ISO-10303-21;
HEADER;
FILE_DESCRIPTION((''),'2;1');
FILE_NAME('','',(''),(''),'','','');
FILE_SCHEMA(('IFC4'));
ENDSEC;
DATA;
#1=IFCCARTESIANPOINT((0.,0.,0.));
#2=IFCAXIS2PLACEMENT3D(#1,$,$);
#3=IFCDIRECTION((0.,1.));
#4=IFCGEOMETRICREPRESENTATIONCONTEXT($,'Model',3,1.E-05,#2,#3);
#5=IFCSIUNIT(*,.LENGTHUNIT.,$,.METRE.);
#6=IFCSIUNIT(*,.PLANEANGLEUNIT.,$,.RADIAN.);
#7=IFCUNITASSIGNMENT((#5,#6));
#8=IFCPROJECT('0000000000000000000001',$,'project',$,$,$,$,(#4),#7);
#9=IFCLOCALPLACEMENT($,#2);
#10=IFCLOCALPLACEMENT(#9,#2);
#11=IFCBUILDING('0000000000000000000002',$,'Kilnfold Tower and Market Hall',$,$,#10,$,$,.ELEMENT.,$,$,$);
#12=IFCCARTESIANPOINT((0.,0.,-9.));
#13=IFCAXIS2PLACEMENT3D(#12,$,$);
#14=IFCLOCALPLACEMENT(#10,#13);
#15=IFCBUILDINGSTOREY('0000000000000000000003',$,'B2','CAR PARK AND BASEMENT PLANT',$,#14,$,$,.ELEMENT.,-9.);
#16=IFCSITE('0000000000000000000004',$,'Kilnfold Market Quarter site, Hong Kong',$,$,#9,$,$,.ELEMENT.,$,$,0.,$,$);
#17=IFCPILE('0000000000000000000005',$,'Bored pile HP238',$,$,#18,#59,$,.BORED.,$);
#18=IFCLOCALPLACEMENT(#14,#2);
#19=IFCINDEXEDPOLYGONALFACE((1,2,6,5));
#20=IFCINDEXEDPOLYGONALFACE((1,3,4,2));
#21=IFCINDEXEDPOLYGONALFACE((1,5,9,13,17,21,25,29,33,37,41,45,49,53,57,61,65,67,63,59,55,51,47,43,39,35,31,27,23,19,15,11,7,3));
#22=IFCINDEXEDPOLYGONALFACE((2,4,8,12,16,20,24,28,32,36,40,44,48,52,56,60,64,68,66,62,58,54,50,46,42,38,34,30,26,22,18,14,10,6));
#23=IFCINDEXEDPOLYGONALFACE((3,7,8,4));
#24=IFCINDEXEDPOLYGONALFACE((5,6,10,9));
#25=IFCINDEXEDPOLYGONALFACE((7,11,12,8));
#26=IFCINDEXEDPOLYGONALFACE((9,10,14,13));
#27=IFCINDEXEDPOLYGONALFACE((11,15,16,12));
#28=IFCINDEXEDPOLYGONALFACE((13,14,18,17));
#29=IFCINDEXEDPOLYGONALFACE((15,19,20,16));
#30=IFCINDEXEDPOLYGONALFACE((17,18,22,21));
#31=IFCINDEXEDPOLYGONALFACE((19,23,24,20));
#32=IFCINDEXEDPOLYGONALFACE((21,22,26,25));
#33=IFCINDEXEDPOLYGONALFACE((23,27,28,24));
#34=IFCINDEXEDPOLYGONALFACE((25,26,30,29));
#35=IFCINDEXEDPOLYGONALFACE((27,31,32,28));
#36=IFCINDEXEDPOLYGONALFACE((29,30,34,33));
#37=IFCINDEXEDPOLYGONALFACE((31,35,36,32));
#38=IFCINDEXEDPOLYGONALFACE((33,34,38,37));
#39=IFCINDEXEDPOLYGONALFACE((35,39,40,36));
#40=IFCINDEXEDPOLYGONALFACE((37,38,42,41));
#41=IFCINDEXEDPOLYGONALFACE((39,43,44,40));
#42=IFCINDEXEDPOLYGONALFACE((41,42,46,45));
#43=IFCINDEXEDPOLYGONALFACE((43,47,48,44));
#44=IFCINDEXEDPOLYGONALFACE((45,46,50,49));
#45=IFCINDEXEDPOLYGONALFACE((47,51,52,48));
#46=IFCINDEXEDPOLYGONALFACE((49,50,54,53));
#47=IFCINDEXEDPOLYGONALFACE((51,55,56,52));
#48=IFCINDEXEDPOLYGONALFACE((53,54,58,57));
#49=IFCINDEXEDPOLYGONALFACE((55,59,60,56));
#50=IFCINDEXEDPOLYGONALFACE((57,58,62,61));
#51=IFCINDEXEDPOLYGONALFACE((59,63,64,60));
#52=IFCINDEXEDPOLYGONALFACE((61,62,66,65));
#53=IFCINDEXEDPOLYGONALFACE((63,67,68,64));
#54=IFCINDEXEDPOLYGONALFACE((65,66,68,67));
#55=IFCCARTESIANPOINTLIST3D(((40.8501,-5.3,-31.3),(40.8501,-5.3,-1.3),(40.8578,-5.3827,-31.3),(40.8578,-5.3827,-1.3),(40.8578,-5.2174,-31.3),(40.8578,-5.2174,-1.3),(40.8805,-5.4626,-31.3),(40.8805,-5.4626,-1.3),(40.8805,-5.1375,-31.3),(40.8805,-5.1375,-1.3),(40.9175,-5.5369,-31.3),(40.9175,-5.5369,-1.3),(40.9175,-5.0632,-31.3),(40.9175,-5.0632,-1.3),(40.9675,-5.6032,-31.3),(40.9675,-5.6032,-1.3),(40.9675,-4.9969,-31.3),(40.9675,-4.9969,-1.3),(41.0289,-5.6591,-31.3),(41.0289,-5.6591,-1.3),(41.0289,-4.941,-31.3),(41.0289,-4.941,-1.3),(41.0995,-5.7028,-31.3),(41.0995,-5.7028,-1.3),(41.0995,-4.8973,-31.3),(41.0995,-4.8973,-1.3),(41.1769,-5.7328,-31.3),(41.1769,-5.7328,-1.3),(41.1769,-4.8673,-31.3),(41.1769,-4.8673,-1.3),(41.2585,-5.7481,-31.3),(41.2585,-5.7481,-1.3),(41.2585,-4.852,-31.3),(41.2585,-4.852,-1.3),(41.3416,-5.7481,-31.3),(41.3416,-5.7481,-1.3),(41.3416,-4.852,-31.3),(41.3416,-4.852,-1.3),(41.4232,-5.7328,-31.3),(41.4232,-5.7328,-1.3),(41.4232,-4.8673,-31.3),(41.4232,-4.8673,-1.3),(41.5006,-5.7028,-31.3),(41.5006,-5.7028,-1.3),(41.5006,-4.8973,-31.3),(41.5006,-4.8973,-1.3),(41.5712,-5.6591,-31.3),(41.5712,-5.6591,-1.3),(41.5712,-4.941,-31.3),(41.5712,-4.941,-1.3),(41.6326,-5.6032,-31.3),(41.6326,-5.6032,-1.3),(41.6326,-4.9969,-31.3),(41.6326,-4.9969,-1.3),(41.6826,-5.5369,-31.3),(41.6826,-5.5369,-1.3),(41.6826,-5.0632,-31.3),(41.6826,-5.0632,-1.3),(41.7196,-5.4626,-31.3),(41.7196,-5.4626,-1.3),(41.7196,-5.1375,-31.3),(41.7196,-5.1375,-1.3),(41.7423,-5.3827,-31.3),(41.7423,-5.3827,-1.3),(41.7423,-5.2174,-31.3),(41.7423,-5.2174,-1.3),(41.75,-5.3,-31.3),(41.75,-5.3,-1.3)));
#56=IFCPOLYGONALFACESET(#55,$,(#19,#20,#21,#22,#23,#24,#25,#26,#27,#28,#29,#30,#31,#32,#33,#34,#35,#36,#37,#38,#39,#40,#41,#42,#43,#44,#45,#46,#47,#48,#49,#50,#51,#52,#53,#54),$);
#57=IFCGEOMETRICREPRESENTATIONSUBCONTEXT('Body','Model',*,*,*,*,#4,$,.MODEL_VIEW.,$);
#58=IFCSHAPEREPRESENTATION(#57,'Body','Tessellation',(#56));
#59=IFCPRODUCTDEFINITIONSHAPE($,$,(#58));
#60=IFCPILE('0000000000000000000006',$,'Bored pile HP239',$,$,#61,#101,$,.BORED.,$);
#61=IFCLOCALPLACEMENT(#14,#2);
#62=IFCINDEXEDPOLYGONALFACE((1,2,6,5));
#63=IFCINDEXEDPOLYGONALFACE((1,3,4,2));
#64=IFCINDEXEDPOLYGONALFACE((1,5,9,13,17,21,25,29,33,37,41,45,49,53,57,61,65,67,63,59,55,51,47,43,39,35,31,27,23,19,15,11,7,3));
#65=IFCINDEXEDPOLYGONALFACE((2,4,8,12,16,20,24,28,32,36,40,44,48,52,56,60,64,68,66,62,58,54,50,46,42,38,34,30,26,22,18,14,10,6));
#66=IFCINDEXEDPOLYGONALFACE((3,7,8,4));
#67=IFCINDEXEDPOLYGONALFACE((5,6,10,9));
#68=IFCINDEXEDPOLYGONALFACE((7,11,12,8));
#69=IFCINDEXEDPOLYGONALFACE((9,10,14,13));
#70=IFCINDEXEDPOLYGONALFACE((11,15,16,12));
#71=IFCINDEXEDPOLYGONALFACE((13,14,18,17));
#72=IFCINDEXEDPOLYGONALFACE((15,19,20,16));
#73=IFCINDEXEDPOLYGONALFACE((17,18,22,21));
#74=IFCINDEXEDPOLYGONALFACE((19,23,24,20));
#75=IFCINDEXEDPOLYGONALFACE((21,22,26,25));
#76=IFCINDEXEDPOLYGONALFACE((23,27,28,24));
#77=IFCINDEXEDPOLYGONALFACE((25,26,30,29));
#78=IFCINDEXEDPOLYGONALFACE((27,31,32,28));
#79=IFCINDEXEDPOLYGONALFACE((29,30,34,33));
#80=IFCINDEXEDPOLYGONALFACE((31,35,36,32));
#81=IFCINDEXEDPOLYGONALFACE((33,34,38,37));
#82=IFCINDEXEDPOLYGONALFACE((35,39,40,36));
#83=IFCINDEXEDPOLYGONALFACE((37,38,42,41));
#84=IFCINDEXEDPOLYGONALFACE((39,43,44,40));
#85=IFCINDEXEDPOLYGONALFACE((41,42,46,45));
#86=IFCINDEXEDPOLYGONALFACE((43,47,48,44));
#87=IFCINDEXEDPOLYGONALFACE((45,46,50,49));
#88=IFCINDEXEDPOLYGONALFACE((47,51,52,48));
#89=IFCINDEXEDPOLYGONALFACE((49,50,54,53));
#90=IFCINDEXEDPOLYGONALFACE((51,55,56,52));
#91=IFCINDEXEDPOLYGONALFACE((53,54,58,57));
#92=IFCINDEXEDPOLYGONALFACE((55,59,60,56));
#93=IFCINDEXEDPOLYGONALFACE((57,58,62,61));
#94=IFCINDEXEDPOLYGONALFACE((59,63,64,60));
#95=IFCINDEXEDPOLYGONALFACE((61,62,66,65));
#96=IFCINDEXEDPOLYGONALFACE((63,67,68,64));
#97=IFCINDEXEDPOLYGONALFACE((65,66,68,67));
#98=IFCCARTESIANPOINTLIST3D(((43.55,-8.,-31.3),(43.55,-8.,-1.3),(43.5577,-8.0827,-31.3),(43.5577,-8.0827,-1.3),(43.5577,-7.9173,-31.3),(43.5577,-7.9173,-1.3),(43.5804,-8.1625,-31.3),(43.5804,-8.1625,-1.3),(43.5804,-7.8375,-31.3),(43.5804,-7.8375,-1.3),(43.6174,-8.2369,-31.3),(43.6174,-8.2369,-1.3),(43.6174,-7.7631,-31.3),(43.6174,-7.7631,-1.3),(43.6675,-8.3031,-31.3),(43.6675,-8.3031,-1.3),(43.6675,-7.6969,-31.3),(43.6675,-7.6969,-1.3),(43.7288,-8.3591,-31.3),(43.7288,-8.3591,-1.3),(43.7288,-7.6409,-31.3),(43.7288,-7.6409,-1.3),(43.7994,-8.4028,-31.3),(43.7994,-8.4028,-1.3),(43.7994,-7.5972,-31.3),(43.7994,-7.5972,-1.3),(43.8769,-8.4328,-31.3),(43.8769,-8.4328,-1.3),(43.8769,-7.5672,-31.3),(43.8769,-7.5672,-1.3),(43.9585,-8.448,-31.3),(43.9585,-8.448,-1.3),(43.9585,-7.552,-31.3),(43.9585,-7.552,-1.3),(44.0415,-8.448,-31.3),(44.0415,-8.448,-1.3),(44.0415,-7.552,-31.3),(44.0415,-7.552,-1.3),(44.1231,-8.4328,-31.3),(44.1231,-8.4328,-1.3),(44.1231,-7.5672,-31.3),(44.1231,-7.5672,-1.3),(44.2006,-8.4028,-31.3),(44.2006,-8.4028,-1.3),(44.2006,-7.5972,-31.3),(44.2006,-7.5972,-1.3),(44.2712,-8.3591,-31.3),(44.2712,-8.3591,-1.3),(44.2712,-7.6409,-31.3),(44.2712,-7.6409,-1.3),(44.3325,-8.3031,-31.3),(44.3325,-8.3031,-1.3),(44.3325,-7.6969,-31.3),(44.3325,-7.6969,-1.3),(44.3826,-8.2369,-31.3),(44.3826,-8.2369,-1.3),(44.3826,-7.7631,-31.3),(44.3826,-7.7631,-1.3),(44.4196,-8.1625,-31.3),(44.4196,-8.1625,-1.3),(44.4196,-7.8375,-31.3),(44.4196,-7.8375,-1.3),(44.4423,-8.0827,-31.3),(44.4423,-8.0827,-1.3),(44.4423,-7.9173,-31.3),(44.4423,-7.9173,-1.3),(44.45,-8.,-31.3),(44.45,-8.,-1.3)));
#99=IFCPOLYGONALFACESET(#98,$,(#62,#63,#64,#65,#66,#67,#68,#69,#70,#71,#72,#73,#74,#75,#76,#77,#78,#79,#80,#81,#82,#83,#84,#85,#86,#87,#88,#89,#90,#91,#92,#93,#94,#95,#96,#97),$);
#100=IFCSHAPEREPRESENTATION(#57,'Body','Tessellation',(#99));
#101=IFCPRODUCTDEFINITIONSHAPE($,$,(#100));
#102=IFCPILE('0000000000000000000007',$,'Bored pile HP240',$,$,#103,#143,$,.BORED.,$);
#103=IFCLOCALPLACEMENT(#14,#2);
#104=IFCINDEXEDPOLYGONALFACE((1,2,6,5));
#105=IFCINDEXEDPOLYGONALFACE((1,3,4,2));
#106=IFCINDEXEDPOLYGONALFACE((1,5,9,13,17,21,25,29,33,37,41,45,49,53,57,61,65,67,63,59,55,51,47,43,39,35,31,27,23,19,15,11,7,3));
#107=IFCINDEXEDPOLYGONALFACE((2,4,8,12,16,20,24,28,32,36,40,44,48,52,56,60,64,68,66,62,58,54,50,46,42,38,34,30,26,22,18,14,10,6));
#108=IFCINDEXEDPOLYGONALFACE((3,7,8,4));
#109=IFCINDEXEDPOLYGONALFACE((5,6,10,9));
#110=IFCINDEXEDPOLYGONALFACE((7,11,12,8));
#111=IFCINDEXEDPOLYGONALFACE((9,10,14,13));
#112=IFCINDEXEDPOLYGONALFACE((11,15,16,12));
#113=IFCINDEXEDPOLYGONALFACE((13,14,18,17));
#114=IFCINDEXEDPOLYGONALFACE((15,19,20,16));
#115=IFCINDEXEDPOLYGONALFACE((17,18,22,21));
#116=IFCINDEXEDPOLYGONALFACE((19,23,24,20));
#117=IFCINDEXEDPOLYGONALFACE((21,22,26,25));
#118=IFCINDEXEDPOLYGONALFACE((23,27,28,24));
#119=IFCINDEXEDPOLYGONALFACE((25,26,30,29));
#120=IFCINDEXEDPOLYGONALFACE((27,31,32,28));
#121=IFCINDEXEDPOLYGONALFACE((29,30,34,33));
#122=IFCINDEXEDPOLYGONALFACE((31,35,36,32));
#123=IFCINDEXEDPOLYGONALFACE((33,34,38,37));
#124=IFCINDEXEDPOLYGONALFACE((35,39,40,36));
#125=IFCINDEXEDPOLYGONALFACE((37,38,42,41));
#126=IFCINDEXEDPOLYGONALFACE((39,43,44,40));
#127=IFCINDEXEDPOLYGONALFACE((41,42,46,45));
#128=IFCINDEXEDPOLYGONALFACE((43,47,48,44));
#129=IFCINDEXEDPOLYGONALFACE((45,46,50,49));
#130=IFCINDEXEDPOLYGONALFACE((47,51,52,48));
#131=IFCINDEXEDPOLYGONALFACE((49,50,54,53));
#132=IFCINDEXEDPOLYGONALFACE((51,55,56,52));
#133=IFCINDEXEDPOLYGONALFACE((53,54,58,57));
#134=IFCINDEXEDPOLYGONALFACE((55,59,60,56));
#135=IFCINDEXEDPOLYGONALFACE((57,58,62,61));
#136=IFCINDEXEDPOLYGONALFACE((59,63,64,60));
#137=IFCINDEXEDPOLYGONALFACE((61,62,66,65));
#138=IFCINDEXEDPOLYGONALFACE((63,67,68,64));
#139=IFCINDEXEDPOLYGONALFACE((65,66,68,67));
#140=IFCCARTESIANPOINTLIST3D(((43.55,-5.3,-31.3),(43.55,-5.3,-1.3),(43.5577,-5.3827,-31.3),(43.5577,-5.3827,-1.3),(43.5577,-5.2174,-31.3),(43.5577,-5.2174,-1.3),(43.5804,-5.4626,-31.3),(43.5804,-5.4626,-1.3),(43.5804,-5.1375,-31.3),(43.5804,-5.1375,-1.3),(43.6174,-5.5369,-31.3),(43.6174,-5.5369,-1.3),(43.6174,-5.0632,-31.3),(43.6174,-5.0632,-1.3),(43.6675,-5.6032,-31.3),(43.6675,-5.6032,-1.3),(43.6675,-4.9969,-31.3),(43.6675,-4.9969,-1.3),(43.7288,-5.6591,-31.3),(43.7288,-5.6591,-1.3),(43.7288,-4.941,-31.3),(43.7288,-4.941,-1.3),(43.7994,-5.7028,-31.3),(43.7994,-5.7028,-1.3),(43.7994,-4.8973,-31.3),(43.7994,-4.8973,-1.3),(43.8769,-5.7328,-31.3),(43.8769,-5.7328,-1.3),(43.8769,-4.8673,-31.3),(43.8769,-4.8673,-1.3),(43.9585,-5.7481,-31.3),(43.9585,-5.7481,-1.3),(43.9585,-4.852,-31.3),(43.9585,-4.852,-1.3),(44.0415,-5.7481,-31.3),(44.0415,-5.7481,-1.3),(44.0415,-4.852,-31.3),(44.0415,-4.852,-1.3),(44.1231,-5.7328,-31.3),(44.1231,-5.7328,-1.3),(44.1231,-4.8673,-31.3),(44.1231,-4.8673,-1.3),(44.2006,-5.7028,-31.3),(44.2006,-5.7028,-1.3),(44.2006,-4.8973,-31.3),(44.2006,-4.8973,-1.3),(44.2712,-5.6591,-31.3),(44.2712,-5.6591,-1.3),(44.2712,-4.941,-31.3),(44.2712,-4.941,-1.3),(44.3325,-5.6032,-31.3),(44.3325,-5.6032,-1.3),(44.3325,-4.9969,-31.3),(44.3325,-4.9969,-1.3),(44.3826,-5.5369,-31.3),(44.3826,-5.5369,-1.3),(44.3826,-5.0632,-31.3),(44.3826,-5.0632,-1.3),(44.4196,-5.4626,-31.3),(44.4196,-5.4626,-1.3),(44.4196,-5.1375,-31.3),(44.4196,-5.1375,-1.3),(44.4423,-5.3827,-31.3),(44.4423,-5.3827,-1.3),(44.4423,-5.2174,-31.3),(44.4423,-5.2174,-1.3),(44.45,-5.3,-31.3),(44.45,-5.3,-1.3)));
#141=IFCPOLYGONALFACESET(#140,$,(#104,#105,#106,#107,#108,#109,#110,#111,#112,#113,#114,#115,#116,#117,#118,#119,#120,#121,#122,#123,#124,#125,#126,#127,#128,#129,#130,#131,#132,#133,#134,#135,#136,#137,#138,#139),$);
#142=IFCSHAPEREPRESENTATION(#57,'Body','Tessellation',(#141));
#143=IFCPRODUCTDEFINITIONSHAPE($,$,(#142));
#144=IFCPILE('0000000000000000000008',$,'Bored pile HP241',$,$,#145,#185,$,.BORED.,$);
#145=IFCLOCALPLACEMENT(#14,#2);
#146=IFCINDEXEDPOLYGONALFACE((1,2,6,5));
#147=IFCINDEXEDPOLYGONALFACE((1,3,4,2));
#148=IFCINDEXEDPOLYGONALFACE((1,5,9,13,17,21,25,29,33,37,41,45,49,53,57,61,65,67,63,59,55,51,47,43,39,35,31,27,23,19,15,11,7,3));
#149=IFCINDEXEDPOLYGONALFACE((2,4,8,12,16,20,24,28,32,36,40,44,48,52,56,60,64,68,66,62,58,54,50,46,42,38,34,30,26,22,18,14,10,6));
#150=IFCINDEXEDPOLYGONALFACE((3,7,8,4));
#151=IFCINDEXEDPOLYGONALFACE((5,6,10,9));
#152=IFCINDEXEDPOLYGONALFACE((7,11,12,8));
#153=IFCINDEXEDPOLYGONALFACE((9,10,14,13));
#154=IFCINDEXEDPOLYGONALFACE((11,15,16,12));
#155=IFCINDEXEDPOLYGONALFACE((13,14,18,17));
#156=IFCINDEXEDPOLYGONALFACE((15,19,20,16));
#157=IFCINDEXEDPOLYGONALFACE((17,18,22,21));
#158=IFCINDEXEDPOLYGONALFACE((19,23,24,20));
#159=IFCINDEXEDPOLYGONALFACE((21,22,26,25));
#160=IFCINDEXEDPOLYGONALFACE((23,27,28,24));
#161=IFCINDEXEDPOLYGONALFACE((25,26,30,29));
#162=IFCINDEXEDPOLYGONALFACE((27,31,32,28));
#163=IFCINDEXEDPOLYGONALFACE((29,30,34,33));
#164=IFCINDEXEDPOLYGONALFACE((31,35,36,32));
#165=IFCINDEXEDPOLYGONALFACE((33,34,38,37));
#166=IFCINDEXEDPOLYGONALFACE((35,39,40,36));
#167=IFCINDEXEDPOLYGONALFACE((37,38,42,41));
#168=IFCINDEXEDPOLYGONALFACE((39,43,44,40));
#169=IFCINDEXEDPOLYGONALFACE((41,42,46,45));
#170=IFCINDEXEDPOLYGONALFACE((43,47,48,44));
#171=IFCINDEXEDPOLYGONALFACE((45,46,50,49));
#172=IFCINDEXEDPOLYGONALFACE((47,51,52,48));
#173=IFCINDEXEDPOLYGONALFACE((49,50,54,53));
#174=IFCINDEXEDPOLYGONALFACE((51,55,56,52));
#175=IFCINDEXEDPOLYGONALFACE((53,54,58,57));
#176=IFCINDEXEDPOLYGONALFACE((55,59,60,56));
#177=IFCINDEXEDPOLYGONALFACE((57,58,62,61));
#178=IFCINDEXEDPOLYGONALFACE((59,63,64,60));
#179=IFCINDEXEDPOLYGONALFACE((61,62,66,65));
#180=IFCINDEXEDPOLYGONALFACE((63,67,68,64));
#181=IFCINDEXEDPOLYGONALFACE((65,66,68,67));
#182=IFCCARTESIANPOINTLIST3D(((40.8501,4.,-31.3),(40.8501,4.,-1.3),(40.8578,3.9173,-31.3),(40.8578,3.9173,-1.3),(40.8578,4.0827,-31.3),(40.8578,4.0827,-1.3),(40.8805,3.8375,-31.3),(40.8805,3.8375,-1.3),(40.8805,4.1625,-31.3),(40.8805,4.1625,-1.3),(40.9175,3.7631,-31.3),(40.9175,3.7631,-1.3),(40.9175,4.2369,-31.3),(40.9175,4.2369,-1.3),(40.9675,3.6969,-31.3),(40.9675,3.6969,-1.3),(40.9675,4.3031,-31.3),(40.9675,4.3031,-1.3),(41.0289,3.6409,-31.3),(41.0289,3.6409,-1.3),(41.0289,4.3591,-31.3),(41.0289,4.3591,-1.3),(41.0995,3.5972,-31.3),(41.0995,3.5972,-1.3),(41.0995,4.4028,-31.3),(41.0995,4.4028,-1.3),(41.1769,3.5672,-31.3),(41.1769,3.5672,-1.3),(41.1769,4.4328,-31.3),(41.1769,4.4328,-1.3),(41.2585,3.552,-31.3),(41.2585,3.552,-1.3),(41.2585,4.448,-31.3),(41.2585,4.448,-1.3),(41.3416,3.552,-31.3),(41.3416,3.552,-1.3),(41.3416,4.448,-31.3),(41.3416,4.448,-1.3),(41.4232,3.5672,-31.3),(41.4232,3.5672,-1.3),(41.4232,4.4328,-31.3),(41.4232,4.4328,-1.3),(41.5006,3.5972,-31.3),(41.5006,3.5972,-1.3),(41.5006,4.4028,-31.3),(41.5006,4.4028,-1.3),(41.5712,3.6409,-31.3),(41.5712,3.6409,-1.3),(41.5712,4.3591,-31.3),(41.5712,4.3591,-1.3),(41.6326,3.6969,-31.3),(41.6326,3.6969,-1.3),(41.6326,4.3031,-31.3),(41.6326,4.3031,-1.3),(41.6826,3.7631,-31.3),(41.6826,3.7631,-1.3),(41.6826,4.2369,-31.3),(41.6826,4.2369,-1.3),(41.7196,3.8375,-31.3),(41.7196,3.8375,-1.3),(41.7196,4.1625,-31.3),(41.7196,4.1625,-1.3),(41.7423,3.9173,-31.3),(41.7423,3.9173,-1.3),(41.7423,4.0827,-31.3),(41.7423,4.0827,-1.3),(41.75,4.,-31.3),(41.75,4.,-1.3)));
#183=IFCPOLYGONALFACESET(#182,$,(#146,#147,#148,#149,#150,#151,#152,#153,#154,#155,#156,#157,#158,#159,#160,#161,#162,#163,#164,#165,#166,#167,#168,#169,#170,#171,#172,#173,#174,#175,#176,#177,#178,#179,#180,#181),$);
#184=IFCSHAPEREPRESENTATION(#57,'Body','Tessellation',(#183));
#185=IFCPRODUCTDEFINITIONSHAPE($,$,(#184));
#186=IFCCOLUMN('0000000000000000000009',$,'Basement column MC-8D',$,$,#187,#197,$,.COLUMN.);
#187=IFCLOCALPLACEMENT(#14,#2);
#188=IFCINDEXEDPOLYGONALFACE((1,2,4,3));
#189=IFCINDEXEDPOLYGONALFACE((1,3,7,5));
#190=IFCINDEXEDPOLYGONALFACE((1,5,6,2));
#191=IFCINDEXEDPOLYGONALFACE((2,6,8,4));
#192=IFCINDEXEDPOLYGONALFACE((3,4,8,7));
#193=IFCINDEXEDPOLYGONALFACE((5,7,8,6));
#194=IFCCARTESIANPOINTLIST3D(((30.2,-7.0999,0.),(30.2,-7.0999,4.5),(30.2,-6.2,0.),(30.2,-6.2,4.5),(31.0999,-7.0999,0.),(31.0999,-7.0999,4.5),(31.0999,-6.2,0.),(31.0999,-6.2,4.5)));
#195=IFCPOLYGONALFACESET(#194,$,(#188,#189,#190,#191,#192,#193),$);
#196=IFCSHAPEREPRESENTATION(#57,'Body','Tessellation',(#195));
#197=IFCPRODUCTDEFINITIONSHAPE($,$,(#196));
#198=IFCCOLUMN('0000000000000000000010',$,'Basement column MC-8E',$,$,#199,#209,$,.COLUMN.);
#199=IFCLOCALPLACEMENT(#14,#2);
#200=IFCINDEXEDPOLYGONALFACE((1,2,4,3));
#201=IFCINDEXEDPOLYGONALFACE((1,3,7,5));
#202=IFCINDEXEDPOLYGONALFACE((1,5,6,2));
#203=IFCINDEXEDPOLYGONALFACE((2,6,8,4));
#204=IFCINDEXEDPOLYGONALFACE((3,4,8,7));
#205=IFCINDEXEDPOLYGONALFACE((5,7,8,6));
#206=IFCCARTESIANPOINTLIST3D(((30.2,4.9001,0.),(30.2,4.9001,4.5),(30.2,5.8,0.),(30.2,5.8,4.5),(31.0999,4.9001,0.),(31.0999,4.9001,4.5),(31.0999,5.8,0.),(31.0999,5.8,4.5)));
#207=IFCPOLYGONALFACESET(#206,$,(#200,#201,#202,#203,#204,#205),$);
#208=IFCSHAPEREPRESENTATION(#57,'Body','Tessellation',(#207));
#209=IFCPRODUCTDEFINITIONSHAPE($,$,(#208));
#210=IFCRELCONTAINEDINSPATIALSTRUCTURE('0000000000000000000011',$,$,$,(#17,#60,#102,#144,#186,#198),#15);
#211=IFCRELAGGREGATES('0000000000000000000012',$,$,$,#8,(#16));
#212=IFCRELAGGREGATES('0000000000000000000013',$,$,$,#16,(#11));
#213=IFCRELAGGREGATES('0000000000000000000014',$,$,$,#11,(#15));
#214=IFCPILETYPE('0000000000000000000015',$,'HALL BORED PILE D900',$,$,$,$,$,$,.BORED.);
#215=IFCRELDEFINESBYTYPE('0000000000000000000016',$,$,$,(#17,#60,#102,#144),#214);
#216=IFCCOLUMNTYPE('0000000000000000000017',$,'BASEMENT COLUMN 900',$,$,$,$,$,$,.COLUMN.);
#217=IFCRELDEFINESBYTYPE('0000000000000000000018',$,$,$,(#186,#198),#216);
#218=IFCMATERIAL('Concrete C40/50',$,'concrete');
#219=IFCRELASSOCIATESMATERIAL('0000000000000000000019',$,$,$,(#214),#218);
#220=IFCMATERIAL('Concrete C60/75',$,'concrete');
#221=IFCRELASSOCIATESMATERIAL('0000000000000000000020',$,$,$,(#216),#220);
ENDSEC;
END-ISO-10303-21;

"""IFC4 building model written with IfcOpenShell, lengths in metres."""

from ifc_helpers import new_model, si_unit, direction, frame, origin, origin_2d, place, context, subcontext, project, spatial, rectangle, circle, extrude, source, transform, mapped, material, material_profile, profile_set, type_object, element, save


model = new_model("IFC4")

# Units and contexts
model_context = context("Model", 3, precision=1e-05, world=origin(), true_north=direction((0.0, 1.0)))
body_context = subcontext(model_context, "Body", "Model", "MODEL_VIEW")
ifc_project = project(units=[si_unit("LENGTHUNIT", "METRE"), si_unit("PLANEANGLEUNIT", "RADIAN")], contexts=[model_context])

# Site, building, storey
site_placement = place(None, origin())
site = spatial("IfcSite", under=ifc_project, at=site_placement, Name="Kilnfold Market Quarter site, Hong Kong", CompositionType="ELEMENT", RefElevation=0.0)
building_placement = place(site_placement, origin())
building = spatial("IfcBuilding", under=site, at=building_placement, Name="Kilnfold Tower and Market Hall", CompositionType="ELEMENT")
storey_placement = place(building_placement, frame((0.0, 0.0, -9.0)))
storey = spatial("IfcBuildingStorey", under=building, at=storey_placement, Name="B2", Description="CAR PARK AND BASEMENT PLANT", CompositionType="ELEMENT", Elevation=-9.0)

# Piles
ifc_material_1 = material(Name="Concrete C40/50", Category="concrete")
ifc_material_profile_1 = material_profile(ifc_material_1, circle(Radius=0.45, at=origin_2d()), Name="D900")
ifc_profile_set_1 = profile_set([ifc_material_profile_1], Name="Concrete C40/50")
pile_type = type_object("IfcPileType", Name="HALL BORED PILE D900", PredefinedType="BORED", material=ifc_profile_set_1)
shared_shape_1 = source(origin(), body_context, "Body", "SweptSolid", [
    extrude(circle(Radius=0.45, at=origin_2d()), origin(), (0.0, 0.0, 1.0), 30.0),
])
for number, where, z_axis, x_axis, name in (
    (1, (41.3, -5.3, -1.3), (0.0, 0.0, -1.0), (1.0, 0.0, 0.0), "Bored pile HP238"),
    (2, (44.0, -8.0, -1.3), (0.0, 0.0, -1.0), (1.0, 0.0, 0.0), "Bored pile HP239"),
    (3, (44.0, -5.3, -1.3), (0.0, 0.0, -1.0), (1.0, 0.0, 0.0), "Bored pile HP240"),
    (4, (41.3, 4.0, -1.3), (0.0, 0.0, -1.0), (1.0, 0.0, 0.0), "Bored pile HP241"),
):
    element("IfcPile", number, at=place(storey_placement, frame(where, z_axis=z_axis, x_axis=x_axis)), inside=storey, type_object=pile_type, Name=name, PredefinedType="BORED", context=body_context, shape_type="MappedRepresentation", body=[
        mapped(shared_shape_1, transform((0.0, 0.0, 0.0))),
    ])

# Columns
ifc_material_2 = material(Name="Concrete C60/75", Category="concrete")
ifc_material_profile_2 = material_profile(ifc_material_2, rectangle(XDim=0.8999, YDim=0.8999, at=origin_2d()), Name="RC 900x900")
ifc_profile_set_2 = profile_set([ifc_material_profile_2], Name="Concrete C60/75")
column_type = type_object("IfcColumnType", Name="BASEMENT COLUMN 900", PredefinedType="COLUMN", material=ifc_profile_set_2)
shared_shape_2 = source(origin(), body_context, "Body", "SweptSolid", [
    extrude(rectangle(XDim=0.8999, YDim=0.8999, at=origin_2d()), origin(), (0.0, 0.0, 1.0), 4.5),
])
for number, where, z_axis, x_axis, name in (
    (5, (30.6499, -6.6499, 0.0), (0.0, 0.0, 1.0), (1.0, 0.0, 0.0), "Basement column MC-8D"),
    (6, (30.6499, 5.3501, 0.0), (0.0, 0.0, 1.0), (1.0, 0.0, 0.0), "Basement column MC-8E"),
):
    element("IfcColumn", number, at=place(storey_placement, frame(where, z_axis=z_axis, x_axis=x_axis)), inside=storey, type_object=column_type, Name=name, PredefinedType="COLUMN", context=body_context, shape_type="MappedRepresentation", body=[
        mapped(shared_shape_2, transform((0.0, 0.0, 0.0))),
    ])

save(model, "model.ifc")
